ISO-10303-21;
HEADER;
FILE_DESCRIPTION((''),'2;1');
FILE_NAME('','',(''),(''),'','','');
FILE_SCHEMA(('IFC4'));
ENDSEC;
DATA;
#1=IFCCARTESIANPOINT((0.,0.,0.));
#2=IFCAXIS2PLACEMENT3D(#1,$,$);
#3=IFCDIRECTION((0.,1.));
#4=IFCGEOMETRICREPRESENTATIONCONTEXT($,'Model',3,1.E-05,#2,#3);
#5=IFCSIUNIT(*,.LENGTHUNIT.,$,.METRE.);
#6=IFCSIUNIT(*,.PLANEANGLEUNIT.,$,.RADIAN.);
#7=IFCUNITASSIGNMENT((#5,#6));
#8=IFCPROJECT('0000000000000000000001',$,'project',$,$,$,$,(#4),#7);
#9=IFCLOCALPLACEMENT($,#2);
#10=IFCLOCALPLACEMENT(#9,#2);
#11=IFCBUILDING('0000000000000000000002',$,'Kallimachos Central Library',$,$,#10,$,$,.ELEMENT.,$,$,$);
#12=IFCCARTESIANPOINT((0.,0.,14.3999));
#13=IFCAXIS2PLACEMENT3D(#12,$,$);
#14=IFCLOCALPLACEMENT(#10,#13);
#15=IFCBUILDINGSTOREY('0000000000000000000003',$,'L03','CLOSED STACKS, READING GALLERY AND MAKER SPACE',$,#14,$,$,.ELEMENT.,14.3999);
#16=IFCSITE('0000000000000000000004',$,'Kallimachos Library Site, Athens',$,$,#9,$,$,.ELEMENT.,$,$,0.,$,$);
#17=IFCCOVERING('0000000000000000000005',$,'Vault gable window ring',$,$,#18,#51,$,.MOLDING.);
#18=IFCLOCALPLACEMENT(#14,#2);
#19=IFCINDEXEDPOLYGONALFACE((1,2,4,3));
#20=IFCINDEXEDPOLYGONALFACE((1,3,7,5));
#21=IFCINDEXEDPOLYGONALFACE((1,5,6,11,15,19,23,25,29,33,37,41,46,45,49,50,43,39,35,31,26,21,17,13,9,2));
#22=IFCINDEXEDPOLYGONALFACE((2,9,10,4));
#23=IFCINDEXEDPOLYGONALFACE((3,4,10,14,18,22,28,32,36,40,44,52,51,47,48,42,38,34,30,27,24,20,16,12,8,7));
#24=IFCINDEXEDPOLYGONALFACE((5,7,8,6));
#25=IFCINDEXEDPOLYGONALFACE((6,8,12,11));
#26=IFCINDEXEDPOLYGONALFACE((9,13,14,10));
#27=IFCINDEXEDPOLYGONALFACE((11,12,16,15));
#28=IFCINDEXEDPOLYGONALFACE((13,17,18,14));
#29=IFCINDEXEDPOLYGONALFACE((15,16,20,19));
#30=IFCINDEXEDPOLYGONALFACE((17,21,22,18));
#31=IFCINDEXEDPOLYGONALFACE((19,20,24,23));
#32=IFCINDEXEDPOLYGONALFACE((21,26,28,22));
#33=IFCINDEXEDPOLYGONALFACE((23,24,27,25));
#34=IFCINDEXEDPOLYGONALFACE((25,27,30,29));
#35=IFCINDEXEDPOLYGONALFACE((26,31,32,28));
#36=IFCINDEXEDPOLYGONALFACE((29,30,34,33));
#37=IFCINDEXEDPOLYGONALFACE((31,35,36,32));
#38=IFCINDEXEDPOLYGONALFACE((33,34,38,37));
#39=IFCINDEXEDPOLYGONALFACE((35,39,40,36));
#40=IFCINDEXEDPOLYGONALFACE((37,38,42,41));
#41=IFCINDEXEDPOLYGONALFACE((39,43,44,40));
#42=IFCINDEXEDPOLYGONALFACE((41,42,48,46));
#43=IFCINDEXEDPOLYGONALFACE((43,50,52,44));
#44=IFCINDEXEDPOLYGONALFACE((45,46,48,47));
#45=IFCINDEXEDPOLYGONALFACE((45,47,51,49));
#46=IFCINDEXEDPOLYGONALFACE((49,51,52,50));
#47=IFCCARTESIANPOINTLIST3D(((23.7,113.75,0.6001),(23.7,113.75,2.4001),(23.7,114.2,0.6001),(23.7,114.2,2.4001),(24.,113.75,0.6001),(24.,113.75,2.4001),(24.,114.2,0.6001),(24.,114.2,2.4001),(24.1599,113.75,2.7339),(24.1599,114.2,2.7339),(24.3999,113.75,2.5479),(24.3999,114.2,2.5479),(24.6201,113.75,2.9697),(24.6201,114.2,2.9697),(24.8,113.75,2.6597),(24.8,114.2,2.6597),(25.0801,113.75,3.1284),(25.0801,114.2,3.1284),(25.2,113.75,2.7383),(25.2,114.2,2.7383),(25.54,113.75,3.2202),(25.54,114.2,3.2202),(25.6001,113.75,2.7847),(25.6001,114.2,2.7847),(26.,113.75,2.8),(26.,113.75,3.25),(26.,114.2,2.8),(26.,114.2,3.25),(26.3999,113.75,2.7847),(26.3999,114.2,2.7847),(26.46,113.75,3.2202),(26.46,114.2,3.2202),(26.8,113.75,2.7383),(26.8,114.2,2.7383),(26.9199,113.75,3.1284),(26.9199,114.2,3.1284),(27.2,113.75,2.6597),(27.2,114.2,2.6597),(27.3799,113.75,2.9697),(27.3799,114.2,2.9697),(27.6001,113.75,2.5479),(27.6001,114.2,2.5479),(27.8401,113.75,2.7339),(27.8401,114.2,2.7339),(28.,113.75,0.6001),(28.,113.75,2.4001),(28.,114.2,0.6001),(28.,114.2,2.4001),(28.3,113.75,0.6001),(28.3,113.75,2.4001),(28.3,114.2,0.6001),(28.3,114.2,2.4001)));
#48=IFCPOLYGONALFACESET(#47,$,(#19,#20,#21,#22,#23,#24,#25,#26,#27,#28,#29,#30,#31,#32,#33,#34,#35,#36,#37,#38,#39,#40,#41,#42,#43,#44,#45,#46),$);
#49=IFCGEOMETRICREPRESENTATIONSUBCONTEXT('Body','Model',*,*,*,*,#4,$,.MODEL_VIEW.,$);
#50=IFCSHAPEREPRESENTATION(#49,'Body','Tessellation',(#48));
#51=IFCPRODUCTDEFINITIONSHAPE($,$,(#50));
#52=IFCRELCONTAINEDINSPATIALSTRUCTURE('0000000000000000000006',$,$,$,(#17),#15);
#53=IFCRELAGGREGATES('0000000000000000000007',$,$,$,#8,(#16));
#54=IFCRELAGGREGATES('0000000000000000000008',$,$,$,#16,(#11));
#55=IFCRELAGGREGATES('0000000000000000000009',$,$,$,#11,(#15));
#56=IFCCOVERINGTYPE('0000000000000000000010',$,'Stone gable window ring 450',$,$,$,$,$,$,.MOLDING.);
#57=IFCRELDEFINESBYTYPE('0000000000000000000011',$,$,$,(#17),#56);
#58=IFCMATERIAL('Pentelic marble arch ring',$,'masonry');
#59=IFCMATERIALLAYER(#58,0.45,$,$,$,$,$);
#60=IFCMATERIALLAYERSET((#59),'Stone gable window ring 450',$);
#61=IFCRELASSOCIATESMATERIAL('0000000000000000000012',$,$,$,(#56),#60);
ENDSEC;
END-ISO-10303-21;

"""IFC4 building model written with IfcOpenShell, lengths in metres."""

from ifc_helpers import new_model, si_unit, direction, frame, origin, place, context, subcontext, project, spatial, polyline, outline, extrude, material, layer, layer_set, type_object, element, save


model = new_model("IFC4")

# Units and contexts
model_context = context("Model", 3, precision=1e-05, world=origin(), true_north=direction((0.0, 1.0)))
body_context = subcontext(model_context, "Body", "Model", "MODEL_VIEW")
ifc_project = project(units=[si_unit("LENGTHUNIT", "METRE"), si_unit("PLANEANGLEUNIT", "RADIAN")], contexts=[model_context])

# Site, building, storey
site_placement = place(None, origin())
site = spatial("IfcSite", under=ifc_project, at=site_placement, Name="Kallimachos Library Site, Athens", CompositionType="ELEMENT", RefElevation=0.0)
building_placement = place(site_placement, origin())
building = spatial("IfcBuilding", under=site, at=building_placement, Name="Kallimachos Central Library", CompositionType="ELEMENT")
storey_placement = place(building_placement, frame((0.0, 0.0, 14.3999)))
storey = spatial("IfcBuildingStorey", under=building, at=storey_placement, Name="L03", Description="CLOSED STACKS, READING GALLERY AND MAKER SPACE", CompositionType="ELEMENT", Elevation=14.3999)

# Covering
ifc_material_1 = material(Name="Pentelic marble arch ring", Category="masonry")
ifc_layer_1 = layer(ifc_material_1, 0.45)
ifc_layer_set_1 = layer_set([ifc_layer_1], Name="Stone gable window ring 450")
covering_type_1 = type_object("IfcCoveringType", Name="Stone gable window ring 450", PredefinedType="MOLDING", material=ifc_layer_set_1)
covering_1_placement = place(storey_placement, frame((23.7, 114.2, 0.6001), z_axis=(0.0, 1.0, 0.0), x_axis=(0.0, 0.0, 1.0)))
element("IfcCovering", 1, at=covering_1_placement, inside=storey, type_object=covering_type_1, Name="Vault gable window ring", PredefinedType="MOLDING", context=body_context, shape_type="SweptSolid", body=[
    extrude(outline(polyline([(0.0, 0.0), (1.8, 0.0), (2.1338, 0.46), (2.3696, 0.9202), (2.5283, 1.3801), (2.6201, 1.8401), (2.6499, 2.3), (2.6201, 2.76), (2.5283, 3.22), (2.3696, 3.6799), (2.1338, 4.1401), (1.8, 4.6001), (0.0, 4.6001), (0.0, 4.3), (1.8, 4.3), (1.9478, 3.9001), (2.0596, 3.5), (2.1382, 3.1001), (2.1846, 2.7), (2.2, 2.3), (2.1846, 1.9001), (2.1382, 1.5), (2.0596, 1.1001), (1.9478, 0.7), (1.8, 0.3), (0.0, 0.3), (0.0, 0.0)])), origin(), (0.0, 0.0, -1.0), 0.45),
])

save(model, "model.ifc")
